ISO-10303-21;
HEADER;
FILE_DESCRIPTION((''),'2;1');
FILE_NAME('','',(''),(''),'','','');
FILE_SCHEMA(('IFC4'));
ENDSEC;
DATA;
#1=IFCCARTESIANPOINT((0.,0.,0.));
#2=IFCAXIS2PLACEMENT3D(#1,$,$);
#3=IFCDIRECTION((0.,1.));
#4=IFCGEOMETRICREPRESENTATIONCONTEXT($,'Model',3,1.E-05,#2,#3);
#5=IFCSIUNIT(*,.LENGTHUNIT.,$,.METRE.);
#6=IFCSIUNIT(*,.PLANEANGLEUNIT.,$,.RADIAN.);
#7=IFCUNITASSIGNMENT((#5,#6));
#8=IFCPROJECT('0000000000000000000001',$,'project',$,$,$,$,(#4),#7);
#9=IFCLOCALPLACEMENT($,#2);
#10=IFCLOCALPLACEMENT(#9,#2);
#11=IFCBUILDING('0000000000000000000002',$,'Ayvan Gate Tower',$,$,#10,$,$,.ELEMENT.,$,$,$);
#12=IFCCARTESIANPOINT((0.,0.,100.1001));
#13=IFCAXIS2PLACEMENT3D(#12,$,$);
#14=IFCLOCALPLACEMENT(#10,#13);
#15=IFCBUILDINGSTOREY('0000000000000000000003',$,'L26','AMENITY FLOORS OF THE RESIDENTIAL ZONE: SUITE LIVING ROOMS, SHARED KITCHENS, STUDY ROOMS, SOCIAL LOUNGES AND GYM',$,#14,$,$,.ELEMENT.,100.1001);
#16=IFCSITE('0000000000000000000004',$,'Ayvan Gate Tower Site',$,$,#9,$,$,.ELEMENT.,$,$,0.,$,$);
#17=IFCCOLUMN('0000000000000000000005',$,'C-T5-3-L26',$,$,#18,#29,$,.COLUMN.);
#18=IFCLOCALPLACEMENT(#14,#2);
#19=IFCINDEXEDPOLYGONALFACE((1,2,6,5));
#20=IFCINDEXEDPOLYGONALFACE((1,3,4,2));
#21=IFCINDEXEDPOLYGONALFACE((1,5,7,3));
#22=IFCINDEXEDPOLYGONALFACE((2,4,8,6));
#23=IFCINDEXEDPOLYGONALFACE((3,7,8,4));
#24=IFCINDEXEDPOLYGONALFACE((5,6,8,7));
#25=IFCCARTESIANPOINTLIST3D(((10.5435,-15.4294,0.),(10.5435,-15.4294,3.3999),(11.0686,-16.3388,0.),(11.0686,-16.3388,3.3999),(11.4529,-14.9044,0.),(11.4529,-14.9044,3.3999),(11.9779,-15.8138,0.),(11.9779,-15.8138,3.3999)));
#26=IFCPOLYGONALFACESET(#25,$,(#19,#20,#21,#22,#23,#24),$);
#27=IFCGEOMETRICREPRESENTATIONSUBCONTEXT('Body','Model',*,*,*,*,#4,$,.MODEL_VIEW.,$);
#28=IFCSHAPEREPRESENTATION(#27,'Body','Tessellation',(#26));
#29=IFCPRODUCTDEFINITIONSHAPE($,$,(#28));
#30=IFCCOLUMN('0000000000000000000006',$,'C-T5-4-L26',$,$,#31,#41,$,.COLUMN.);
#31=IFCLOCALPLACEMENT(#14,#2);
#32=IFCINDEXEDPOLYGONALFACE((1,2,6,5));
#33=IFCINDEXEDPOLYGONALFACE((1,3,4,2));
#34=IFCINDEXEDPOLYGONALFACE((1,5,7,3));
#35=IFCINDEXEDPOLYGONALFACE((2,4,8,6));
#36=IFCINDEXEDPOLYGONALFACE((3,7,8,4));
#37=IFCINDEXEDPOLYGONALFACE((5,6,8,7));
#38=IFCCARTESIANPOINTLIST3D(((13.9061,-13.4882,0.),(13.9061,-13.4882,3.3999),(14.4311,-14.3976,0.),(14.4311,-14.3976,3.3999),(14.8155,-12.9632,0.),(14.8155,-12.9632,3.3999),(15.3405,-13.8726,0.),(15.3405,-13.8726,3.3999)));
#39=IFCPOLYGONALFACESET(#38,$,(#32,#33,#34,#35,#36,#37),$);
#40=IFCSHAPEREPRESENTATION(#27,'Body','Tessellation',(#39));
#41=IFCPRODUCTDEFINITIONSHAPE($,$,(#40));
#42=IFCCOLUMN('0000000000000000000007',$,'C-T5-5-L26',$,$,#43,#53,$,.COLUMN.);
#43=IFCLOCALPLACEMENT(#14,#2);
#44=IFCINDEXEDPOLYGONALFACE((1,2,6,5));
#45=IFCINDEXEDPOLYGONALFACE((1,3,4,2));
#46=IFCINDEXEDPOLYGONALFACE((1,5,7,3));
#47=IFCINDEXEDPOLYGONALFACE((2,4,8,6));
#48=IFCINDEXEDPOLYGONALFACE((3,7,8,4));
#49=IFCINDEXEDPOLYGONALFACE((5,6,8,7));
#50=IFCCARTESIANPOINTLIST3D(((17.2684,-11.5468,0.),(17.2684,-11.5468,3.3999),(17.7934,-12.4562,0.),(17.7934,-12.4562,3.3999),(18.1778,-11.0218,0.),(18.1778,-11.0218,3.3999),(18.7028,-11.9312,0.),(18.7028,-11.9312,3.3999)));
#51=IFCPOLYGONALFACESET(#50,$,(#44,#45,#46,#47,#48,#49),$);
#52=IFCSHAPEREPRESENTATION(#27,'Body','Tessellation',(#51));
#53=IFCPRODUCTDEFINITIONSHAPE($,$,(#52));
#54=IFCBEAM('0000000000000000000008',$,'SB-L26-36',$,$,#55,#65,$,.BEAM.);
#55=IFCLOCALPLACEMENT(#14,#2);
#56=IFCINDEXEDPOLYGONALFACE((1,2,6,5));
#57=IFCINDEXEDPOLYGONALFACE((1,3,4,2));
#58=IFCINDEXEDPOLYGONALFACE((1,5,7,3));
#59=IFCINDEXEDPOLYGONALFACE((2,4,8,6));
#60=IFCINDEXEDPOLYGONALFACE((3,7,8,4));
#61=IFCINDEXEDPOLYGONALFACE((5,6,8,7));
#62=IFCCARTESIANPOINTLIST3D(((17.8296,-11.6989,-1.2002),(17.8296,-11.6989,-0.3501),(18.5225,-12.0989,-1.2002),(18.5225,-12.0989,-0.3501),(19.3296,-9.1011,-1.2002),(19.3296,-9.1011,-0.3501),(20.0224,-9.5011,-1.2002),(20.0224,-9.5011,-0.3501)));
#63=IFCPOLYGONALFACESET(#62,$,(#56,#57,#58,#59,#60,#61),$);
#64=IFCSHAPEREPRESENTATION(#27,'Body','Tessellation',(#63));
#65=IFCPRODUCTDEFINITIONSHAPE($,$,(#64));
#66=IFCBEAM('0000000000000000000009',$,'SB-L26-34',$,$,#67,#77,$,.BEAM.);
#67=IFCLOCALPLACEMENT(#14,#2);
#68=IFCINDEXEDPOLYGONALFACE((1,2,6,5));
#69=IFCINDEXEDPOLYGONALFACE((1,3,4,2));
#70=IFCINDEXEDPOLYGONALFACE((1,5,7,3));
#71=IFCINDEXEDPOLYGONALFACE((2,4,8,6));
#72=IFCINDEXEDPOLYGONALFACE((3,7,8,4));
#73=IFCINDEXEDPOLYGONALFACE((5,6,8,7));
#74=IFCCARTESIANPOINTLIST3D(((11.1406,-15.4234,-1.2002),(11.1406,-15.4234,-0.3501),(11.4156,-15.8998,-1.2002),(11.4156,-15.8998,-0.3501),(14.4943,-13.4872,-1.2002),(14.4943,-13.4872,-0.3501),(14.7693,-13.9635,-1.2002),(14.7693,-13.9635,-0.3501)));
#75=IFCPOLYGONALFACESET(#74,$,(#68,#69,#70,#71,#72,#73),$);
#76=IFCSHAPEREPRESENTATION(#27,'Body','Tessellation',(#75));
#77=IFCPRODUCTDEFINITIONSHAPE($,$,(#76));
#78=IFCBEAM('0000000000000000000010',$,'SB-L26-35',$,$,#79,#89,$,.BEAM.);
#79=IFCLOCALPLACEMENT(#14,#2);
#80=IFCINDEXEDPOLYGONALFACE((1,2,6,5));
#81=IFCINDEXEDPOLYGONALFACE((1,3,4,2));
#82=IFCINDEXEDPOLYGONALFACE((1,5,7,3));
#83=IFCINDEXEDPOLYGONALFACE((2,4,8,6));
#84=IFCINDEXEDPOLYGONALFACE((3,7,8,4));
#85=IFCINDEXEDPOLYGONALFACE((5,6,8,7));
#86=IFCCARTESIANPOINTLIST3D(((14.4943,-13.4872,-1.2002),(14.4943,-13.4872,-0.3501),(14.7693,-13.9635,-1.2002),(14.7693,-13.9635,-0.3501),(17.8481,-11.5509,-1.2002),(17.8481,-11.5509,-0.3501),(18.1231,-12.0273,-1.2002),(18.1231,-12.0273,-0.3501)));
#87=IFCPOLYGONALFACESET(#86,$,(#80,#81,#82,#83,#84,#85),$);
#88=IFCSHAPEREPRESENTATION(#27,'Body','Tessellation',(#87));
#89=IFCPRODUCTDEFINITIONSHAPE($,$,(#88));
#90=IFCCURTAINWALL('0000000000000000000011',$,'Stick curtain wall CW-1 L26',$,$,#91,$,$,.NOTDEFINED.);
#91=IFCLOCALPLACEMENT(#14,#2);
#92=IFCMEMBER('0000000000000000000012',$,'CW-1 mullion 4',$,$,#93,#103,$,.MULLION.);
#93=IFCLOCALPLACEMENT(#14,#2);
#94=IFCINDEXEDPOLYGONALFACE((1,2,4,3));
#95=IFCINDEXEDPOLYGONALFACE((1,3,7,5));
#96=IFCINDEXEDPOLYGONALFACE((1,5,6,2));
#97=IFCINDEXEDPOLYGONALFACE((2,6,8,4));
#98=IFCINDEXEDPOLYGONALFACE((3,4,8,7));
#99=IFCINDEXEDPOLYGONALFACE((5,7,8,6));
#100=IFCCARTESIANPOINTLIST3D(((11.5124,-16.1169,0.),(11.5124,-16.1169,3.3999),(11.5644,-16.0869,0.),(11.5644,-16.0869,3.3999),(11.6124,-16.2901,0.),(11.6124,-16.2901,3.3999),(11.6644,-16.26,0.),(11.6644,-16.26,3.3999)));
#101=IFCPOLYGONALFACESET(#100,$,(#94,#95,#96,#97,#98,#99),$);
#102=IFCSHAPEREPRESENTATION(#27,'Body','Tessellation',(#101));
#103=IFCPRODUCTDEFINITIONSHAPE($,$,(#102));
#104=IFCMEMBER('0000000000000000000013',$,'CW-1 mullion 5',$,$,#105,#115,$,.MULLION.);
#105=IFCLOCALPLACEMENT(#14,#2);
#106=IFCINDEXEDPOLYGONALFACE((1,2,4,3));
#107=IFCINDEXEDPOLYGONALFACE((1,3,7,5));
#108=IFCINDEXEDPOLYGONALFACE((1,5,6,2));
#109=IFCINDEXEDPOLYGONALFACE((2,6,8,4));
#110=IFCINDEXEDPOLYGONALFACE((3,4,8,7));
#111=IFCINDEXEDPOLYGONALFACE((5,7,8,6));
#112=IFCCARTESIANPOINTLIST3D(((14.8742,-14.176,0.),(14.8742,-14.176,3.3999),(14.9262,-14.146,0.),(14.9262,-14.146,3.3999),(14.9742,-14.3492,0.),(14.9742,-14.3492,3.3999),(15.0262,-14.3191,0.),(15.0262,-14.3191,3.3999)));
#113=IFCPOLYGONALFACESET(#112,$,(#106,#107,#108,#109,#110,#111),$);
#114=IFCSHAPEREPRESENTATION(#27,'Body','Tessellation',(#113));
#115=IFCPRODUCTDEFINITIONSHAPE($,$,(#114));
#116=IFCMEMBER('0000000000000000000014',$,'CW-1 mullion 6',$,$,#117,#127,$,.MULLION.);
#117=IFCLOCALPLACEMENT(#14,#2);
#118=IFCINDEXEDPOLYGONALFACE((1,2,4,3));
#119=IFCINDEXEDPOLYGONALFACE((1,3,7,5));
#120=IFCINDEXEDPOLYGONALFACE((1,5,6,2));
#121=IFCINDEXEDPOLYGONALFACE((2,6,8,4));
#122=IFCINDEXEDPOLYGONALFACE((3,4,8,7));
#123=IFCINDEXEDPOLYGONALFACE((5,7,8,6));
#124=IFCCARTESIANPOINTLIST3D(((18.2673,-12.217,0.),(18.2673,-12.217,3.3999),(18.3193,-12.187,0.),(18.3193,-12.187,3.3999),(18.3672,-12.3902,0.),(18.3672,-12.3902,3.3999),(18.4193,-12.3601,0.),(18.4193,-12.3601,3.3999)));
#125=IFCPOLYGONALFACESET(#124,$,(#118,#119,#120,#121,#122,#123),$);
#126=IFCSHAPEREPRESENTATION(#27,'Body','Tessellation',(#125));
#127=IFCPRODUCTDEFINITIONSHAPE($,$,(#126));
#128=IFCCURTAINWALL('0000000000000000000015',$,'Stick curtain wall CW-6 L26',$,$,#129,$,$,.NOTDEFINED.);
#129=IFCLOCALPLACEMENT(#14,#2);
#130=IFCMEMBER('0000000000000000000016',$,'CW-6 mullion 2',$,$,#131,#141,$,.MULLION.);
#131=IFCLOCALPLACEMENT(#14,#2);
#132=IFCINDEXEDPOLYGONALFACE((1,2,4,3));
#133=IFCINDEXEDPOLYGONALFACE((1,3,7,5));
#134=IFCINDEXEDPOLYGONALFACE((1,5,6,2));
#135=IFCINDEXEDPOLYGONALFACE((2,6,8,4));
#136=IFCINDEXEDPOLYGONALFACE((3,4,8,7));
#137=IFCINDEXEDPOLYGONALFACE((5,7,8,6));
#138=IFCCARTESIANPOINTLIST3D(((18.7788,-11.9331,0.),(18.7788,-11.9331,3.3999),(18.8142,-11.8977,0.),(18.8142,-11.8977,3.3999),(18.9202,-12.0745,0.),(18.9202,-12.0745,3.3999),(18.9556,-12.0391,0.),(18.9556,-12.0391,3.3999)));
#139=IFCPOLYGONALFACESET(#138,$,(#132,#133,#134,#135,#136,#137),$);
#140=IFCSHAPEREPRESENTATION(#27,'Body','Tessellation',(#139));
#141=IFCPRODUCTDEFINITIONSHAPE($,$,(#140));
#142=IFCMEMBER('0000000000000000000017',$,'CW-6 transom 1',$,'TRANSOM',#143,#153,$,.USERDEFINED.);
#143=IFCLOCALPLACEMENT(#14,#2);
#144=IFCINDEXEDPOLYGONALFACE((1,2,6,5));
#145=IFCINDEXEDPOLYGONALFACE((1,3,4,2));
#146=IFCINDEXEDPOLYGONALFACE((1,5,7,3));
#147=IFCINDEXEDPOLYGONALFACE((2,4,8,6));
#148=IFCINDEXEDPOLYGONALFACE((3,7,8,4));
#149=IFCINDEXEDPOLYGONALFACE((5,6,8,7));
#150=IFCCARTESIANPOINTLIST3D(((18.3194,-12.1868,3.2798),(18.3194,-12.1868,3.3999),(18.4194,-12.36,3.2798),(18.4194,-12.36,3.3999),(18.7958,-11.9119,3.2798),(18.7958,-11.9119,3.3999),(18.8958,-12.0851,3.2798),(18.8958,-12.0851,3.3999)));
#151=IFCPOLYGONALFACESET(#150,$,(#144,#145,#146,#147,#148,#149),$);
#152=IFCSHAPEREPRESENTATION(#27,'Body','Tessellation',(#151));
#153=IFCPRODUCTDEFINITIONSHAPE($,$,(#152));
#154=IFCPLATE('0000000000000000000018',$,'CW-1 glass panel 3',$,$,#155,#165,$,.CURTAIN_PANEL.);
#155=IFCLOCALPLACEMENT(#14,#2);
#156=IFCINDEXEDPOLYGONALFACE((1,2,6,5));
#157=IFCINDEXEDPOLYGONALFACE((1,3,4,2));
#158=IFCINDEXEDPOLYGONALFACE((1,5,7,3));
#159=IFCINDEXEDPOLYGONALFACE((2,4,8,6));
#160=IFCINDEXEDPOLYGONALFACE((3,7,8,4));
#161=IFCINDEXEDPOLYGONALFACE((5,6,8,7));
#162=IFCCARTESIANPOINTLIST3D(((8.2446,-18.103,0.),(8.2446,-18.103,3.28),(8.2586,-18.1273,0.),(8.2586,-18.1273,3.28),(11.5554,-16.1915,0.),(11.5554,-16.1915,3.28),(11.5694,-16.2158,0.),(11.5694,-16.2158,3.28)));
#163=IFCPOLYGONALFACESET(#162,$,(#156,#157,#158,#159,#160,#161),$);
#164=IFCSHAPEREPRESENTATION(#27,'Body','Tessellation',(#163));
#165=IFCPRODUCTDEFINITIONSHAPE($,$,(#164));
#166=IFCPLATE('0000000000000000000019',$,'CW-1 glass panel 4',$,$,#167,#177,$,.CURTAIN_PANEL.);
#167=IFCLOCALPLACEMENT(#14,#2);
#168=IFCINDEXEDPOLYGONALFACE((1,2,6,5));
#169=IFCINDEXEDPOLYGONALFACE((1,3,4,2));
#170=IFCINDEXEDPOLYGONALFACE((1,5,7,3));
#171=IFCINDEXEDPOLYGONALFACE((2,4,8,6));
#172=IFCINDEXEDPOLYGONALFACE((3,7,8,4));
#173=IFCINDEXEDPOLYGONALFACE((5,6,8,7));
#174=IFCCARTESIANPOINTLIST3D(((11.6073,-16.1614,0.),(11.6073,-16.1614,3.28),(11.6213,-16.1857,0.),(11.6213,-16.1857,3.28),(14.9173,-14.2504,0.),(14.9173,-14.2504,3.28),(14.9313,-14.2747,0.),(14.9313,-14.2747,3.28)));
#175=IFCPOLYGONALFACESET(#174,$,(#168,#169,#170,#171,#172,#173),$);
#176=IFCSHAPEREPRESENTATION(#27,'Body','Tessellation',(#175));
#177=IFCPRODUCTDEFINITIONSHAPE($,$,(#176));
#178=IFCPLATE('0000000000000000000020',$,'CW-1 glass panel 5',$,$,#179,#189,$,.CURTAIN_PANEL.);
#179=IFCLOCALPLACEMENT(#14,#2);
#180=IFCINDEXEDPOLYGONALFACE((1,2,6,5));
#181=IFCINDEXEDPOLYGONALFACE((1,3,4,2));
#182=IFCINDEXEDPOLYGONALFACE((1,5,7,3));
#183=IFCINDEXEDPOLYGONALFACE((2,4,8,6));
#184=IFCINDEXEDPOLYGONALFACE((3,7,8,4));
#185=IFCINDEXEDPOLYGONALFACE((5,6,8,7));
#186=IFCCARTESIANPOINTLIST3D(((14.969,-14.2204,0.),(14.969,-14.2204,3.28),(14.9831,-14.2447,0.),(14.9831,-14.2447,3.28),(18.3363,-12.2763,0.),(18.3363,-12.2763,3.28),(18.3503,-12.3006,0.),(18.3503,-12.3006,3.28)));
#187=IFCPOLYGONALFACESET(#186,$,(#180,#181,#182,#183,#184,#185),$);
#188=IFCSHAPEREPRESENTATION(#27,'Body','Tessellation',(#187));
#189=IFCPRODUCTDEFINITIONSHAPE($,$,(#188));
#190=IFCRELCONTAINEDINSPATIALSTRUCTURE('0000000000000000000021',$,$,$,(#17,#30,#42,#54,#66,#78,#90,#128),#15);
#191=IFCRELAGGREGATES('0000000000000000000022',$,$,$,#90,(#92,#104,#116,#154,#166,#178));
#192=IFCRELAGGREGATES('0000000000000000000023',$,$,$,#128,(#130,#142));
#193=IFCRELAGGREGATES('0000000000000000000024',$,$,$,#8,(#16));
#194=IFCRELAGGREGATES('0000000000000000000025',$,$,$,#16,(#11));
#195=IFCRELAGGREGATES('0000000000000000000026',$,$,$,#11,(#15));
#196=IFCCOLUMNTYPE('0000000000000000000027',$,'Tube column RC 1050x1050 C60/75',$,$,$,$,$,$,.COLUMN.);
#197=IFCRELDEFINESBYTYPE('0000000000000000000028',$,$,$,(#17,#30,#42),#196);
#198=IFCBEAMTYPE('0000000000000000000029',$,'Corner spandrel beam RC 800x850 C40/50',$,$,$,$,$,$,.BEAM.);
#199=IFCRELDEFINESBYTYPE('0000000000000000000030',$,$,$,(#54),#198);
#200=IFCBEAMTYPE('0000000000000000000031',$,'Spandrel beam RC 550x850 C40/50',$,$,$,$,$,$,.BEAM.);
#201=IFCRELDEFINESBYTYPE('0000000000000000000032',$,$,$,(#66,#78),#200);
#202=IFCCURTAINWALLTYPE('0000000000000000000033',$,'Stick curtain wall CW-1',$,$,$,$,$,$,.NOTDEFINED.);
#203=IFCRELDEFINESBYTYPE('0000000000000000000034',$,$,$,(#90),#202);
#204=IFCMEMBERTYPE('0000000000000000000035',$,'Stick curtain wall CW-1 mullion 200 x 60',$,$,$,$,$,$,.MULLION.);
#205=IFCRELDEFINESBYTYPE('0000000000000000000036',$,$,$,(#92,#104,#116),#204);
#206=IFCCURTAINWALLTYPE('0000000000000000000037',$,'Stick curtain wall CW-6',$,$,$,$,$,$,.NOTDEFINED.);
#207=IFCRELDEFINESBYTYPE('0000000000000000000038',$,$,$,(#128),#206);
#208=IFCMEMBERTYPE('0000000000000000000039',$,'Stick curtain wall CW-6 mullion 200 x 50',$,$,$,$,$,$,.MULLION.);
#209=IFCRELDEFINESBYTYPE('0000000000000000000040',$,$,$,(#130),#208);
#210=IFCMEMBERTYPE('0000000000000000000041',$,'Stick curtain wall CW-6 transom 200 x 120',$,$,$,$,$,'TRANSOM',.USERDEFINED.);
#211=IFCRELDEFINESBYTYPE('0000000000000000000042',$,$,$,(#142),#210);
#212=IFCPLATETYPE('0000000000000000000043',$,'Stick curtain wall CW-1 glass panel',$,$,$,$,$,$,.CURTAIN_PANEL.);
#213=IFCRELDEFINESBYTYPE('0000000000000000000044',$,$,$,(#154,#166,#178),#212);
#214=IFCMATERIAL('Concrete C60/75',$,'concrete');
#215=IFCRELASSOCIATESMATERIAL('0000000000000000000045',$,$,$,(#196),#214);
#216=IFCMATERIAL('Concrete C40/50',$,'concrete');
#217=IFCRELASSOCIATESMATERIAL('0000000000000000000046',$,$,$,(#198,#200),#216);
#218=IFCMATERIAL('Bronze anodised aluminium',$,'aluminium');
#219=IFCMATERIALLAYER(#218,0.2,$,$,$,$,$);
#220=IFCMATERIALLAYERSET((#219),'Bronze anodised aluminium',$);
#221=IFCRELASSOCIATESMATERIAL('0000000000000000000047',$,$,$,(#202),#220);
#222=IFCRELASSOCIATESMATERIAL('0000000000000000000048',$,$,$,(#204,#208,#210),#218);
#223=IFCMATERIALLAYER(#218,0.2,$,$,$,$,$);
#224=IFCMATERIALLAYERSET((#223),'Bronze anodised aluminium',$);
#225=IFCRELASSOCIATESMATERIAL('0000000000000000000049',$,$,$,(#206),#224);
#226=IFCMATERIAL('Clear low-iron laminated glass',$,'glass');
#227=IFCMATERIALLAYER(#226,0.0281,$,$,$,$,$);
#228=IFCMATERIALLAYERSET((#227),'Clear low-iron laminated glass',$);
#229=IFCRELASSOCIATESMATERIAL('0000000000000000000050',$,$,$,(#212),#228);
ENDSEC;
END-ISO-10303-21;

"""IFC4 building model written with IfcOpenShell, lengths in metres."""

from ifc_helpers import new_model, si_unit, direction, frame, origin, origin_2d, place, context, subcontext, project, spatial, rectangle, extrude, material, layer, layer_set, material_profile, profile_set, type_object, element, aggregate, save


model = new_model("IFC4")

# Units and contexts
model_context = context("Model", 3, precision=1e-05, world=origin(), true_north=direction((0.0, 1.0)))
body_context = subcontext(model_context, "Body", "Model", "MODEL_VIEW")
ifc_project = project(units=[si_unit("LENGTHUNIT", "METRE"), si_unit("PLANEANGLEUNIT", "RADIAN")], contexts=[model_context])

# Site, building, storey
site_placement = place(None, origin())
site = spatial("IfcSite", under=ifc_project, at=site_placement, Name="Ayvan Gate Tower Site", CompositionType="ELEMENT", RefElevation=0.0)
building_placement = place(site_placement, origin())
building = spatial("IfcBuilding", under=site, at=building_placement, Name="Ayvan Gate Tower", CompositionType="ELEMENT")
storey_placement = place(building_placement, frame((0.0, 0.0, 100.1001)))
storey = spatial("IfcBuildingStorey", under=building, at=storey_placement, Name="L26", Description="AMENITY FLOORS OF THE RESIDENTIAL ZONE: SUITE LIVING ROOMS, SHARED KITCHENS, STUDY ROOMS, SOCIAL LOUNGES AND GYM", CompositionType="ELEMENT", Elevation=100.1001)

# Columns
ifc_material_1 = material(Name="Concrete C60/75", Category="concrete")
ifc_material_profile_1 = material_profile(ifc_material_1, rectangle(XDim=1.05, YDim=1.05, at=origin_2d()), Name="RC 1050x1050")
ifc_profile_set_1 = profile_set([ifc_material_profile_1], Name="Concrete C60/75")
column_type = type_object("IfcColumnType", Name="Tube column RC 1050x1050 C60/75", PredefinedType="COLUMN", material=ifc_profile_set_1)
for number, where, z_axis, x_axis, name in (
    (1, (11.2607, -15.6216, 0.0), (0.0, 0.0, 1.0), (0.5, -0.866025, 0.0), "C-T5-3-L26"),
    (2, (14.6233, -13.6804, 0.0), (0.0, 0.0, 1.0), (0.5, -0.866025, 0.0), "C-T5-4-L26"),
    (3, (17.9856, -11.739, 0.0), (0.0, 0.0, 1.0), (0.5, -0.866025, 0.0), "C-T5-5-L26"),
):
    element("IfcColumn", number, at=place(storey_placement, frame(where, z_axis=z_axis, x_axis=x_axis)), inside=storey, type_object=column_type, Name=name, PredefinedType="COLUMN", context=body_context, shape_type="SweptSolid", body=[
        extrude(rectangle(XDim=1.05, YDim=1.05, at=origin_2d()), origin(), (0.0, 0.0, 1.0), 3.3999),
    ])

# Beams
ifc_material_2 = material(Name="Concrete C40/50", Category="concrete")
ifc_material_profile_2 = material_profile(ifc_material_2, rectangle(XDim=0.8, YDim=0.8501, at=origin_2d()), Name="RC 800x850")
ifc_profile_set_2 = profile_set([ifc_material_profile_2], Name="Concrete C40/50")
beam_type_1 = type_object("IfcBeamType", Name="Corner spandrel beam RC 800x850 C40/50", PredefinedType="BEAM", material=ifc_profile_set_2)
beam_placement = place(storey_placement, frame((18.176, -11.8989, -0.7751), z_axis=(0.500025, 0.866011, 0.0), x_axis=(-0.866011, 0.500025, 0.0)))
element("IfcBeam", 4, at=beam_placement, inside=storey, type_object=beam_type_1, Name="SB-L26-36", PredefinedType="BEAM", context=body_context, shape_type="SweptSolid", body=[
    extrude(rectangle(XDim=0.8, YDim=0.8501, at=origin_2d()), origin(), (0.0, 0.0, 1.0), 2.9998),
])
ifc_material_profile_3 = material_profile(ifc_material_2, rectangle(XDim=0.55, YDim=0.8501, at=origin_2d()), Name="RC 550x850")
ifc_profile_set_3 = profile_set([ifc_material_profile_3], Name="Concrete C40/50")
beam_type_2 = type_object("IfcBeamType", Name="Spandrel beam RC 550x850 C40/50", PredefinedType="BEAM", material=ifc_profile_set_3)
for number, where, z_axis, x_axis, name in (
    (5, (11.2781, -15.6616, -0.7751), (0.866027, 0.499997, 0.0), (-0.499997, 0.866027, 0.0), "SB-L26-34"),
    (6, (14.6318, -13.7253, -0.7751), (0.866027, 0.499997, 0.0), (-0.499997, 0.866027, 0.0), "SB-L26-35"),
):
    element("IfcBeam", number, at=place(storey_placement, frame(where, z_axis=z_axis, x_axis=x_axis)), inside=storey, type_object=beam_type_2, Name=name, PredefinedType="BEAM", context=body_context, shape_type="SweptSolid", body=[
        extrude(rectangle(XDim=0.55, YDim=0.8501, at=origin_2d()), origin(), (0.0, 0.0, 1.0), 3.8726),
    ])

# Curtain walls, members
ifc_material_3 = material(Name="Bronze anodised aluminium", Category="aluminium")
ifc_layer_1 = layer(ifc_material_3, 0.2)
ifc_layer_set_1 = layer_set([ifc_layer_1], Name="Bronze anodised aluminium")
curtain_wall_type_1 = type_object("IfcCurtainWallType", Name="Stick curtain wall CW-1", PredefinedType="NOTDEFINED", material=ifc_layer_set_1)
curtain_wall_1_placement = place(storey_placement, origin())
curtain_wall_1 = element("IfcCurtainWall", 7, at=curtain_wall_1_placement, inside=storey, type_object=curtain_wall_type_1, Name="Stick curtain wall CW-1 L26", PredefinedType="NOTDEFINED")
ifc_material_profile_4 = material_profile(ifc_material_3, rectangle(XDim=0.2, YDim=0.0601, at=origin_2d()), Name="Stick curtain wall CW-1 mullion 200 x 60")
ifc_profile_set_4 = profile_set([ifc_material_profile_4], Name="Bronze anodised aluminium")
member_type_1 = type_object("IfcMemberType", Name="Stick curtain wall CW-1 mullion 200 x 60", PredefinedType="MULLION", material=ifc_profile_set_4)
member_1_placement = place(storey_placement, frame((11.5884, -16.1885, 0.0), z_axis=(0.0, 0.0, 1.0), x_axis=(0.5, -0.866025, 0.0)))
member_1 = element("IfcMember", 8, at=member_1_placement, type_object=member_type_1, Name="CW-1 mullion 4", PredefinedType="MULLION", context=body_context, shape_type="SweptSolid", body=[
    extrude(rectangle(XDim=0.2, YDim=0.0601, at=origin_2d()), origin(), (0.0, 0.0, 1.0), 3.3999),
])
member_2_placement = place(storey_placement, frame((14.9502, -14.2476, 0.0), z_axis=(0.0, 0.0, 1.0), x_axis=(0.5, -0.866025, 0.0)))
member_2 = element("IfcMember", 9, at=member_2_placement, type_object=member_type_1, Name="CW-1 mullion 5", PredefinedType="MULLION", context=body_context, shape_type="SweptSolid", body=[
    extrude(rectangle(XDim=0.2, YDim=0.0601, at=origin_2d()), origin(), (0.0, 0.0, 1.0), 3.3999),
])
member_3_placement = place(storey_placement, frame((18.3433, -12.2886, 0.0), z_axis=(0.0, 0.0, 1.0), x_axis=(0.5, -0.866025, 0.0)))
member_3 = element("IfcMember", 10, at=member_3_placement, type_object=member_type_1, Name="CW-1 mullion 6", PredefinedType="MULLION", context=body_context, shape_type="SweptSolid", body=[
    extrude(rectangle(XDim=0.2, YDim=0.0601, at=origin_2d()), origin(), (0.0, 0.0, 1.0), 3.3999),
])
ifc_layer_2 = layer(ifc_material_3, 0.2)
ifc_layer_set_2 = layer_set([ifc_layer_2], Name="Bronze anodised aluminium")
curtain_wall_type_2 = type_object("IfcCurtainWallType", Name="Stick curtain wall CW-6", PredefinedType="NOTDEFINED", material=ifc_layer_set_2)
curtain_wall_2_placement = place(storey_placement, origin())
curtain_wall_2 = element("IfcCurtainWall", 11, at=curtain_wall_2_placement, inside=storey, type_object=curtain_wall_type_2, Name="Stick curtain wall CW-6 L26", PredefinedType="NOTDEFINED")
ifc_material_profile_5 = material_profile(ifc_material_3, rectangle(XDim=0.2, YDim=0.05, at=origin_2d()), Name="Stick curtain wall CW-6 mullion 200 x 50")
ifc_profile_set_5 = profile_set([ifc_material_profile_5], Name="Bronze anodised aluminium")
member_type_2 = type_object("IfcMemberType", Name="Stick curtain wall CW-6 mullion 200 x 50", PredefinedType="MULLION", material=ifc_profile_set_5)
member_4_placement = place(storey_placement, frame((18.8672, -11.9861, 0.0), z_axis=(0.0, 0.0, 1.0), x_axis=(0.707107, -0.707107, 0.0)))
member_4 = element("IfcMember", 12, at=member_4_placement, type_object=member_type_2, Name="CW-6 mullion 2", PredefinedType="MULLION", context=body_context, shape_type="SweptSolid", body=[
    extrude(rectangle(XDim=0.2, YDim=0.05, at=origin_2d()), origin(), (0.0, 0.0, 1.0), 3.3999),
])
ifc_material_profile_6 = material_profile(ifc_material_3, rectangle(XDim=0.2, YDim=0.1201, at=origin_2d()), Name="Stick curtain wall CW-6 transom 200 x 120")
ifc_profile_set_6 = profile_set([ifc_material_profile_6], Name="Bronze anodised aluminium")
member_type_3 = type_object("IfcMemberType", Name="Stick curtain wall CW-6 transom 200 x 120", ElementType="TRANSOM", PredefinedType="USERDEFINED", material=ifc_profile_set_6)
member_5_placement = place(storey_placement, frame((18.3694, -12.2734, 3.3398), z_axis=(0.866104, 0.499863, 0.0), x_axis=(-0.499863, 0.866104, 0.0)))
member_5 = element("IfcMember", 13, at=member_5_placement, type_object=member_type_3, Name="CW-6 transom 1", ObjectType="TRANSOM", PredefinedType="USERDEFINED", context=body_context, shape_type="SweptSolid", body=[
    extrude(rectangle(XDim=0.2, YDim=0.1201, at=origin_2d()), origin(), (0.0, 0.0, 1.0), 0.55),
])

# Plates
ifc_material_4 = material(Name="Clear low-iron laminated glass", Category="glass")
ifc_layer_3 = layer(ifc_material_4, 0.0281)
ifc_layer_set_3 = layer_set([ifc_layer_3], Name="Clear low-iron laminated glass")
plate_type_1 = type_object("IfcPlateType", Name="Stick curtain wall CW-1 glass panel", PredefinedType="CURTAIN_PANEL", material=ifc_layer_set_3)
plate_1_placement = place(storey_placement, frame((9.907, -17.1594, 0.0), z_axis=(0.0, 0.0, 1.0), x_axis=(0.866025, 0.5, 0.0)))
plate_1 = element("IfcPlate", 14, at=plate_1_placement, type_object=plate_type_1, Name="CW-1 glass panel 3", PredefinedType="CURTAIN_PANEL", context=body_context, shape_type="SweptSolid", body=[
    extrude(rectangle(XDim=3.823, YDim=0.0281, at=origin_2d()), origin(), (0.0, 0.0, 1.0), 3.28),
])
plate_2_placement = place(storey_placement, frame((13.2693, -15.218, 0.0), z_axis=(0.0, 0.0, 1.0), x_axis=(0.866025, 0.5, 0.0)))
plate_2 = element("IfcPlate", 15, at=plate_2_placement, type_object=plate_type_1, Name="CW-1 glass panel 4", PredefinedType="CURTAIN_PANEL", context=body_context, shape_type="SweptSolid", body=[
    extrude(rectangle(XDim=3.822, YDim=0.0281, at=origin_2d()), origin(), (0.0, 0.0, 1.0), 3.28),
])
plate_3_placement = place(storey_placement, frame((16.6597, -13.2605, 0.0), z_axis=(0.0, 0.0, 1.0), x_axis=(0.866025, 0.5, 0.0)))
plate_3 = element("IfcPlate", 16, at=plate_3_placement, type_object=plate_type_1, Name="CW-1 glass panel 5", PredefinedType="CURTAIN_PANEL", context=body_context, shape_type="SweptSolid", body=[
    extrude(rectangle(XDim=3.8882, YDim=0.0281, at=origin_2d()), origin(), (0.0, 0.0, 1.0), 3.28),
])
aggregate(curtain_wall_1, [member_1, member_2, member_3, plate_1, plate_2, plate_3])
aggregate(curtain_wall_2, [member_4, member_5])

save(model, "model.ifc")
